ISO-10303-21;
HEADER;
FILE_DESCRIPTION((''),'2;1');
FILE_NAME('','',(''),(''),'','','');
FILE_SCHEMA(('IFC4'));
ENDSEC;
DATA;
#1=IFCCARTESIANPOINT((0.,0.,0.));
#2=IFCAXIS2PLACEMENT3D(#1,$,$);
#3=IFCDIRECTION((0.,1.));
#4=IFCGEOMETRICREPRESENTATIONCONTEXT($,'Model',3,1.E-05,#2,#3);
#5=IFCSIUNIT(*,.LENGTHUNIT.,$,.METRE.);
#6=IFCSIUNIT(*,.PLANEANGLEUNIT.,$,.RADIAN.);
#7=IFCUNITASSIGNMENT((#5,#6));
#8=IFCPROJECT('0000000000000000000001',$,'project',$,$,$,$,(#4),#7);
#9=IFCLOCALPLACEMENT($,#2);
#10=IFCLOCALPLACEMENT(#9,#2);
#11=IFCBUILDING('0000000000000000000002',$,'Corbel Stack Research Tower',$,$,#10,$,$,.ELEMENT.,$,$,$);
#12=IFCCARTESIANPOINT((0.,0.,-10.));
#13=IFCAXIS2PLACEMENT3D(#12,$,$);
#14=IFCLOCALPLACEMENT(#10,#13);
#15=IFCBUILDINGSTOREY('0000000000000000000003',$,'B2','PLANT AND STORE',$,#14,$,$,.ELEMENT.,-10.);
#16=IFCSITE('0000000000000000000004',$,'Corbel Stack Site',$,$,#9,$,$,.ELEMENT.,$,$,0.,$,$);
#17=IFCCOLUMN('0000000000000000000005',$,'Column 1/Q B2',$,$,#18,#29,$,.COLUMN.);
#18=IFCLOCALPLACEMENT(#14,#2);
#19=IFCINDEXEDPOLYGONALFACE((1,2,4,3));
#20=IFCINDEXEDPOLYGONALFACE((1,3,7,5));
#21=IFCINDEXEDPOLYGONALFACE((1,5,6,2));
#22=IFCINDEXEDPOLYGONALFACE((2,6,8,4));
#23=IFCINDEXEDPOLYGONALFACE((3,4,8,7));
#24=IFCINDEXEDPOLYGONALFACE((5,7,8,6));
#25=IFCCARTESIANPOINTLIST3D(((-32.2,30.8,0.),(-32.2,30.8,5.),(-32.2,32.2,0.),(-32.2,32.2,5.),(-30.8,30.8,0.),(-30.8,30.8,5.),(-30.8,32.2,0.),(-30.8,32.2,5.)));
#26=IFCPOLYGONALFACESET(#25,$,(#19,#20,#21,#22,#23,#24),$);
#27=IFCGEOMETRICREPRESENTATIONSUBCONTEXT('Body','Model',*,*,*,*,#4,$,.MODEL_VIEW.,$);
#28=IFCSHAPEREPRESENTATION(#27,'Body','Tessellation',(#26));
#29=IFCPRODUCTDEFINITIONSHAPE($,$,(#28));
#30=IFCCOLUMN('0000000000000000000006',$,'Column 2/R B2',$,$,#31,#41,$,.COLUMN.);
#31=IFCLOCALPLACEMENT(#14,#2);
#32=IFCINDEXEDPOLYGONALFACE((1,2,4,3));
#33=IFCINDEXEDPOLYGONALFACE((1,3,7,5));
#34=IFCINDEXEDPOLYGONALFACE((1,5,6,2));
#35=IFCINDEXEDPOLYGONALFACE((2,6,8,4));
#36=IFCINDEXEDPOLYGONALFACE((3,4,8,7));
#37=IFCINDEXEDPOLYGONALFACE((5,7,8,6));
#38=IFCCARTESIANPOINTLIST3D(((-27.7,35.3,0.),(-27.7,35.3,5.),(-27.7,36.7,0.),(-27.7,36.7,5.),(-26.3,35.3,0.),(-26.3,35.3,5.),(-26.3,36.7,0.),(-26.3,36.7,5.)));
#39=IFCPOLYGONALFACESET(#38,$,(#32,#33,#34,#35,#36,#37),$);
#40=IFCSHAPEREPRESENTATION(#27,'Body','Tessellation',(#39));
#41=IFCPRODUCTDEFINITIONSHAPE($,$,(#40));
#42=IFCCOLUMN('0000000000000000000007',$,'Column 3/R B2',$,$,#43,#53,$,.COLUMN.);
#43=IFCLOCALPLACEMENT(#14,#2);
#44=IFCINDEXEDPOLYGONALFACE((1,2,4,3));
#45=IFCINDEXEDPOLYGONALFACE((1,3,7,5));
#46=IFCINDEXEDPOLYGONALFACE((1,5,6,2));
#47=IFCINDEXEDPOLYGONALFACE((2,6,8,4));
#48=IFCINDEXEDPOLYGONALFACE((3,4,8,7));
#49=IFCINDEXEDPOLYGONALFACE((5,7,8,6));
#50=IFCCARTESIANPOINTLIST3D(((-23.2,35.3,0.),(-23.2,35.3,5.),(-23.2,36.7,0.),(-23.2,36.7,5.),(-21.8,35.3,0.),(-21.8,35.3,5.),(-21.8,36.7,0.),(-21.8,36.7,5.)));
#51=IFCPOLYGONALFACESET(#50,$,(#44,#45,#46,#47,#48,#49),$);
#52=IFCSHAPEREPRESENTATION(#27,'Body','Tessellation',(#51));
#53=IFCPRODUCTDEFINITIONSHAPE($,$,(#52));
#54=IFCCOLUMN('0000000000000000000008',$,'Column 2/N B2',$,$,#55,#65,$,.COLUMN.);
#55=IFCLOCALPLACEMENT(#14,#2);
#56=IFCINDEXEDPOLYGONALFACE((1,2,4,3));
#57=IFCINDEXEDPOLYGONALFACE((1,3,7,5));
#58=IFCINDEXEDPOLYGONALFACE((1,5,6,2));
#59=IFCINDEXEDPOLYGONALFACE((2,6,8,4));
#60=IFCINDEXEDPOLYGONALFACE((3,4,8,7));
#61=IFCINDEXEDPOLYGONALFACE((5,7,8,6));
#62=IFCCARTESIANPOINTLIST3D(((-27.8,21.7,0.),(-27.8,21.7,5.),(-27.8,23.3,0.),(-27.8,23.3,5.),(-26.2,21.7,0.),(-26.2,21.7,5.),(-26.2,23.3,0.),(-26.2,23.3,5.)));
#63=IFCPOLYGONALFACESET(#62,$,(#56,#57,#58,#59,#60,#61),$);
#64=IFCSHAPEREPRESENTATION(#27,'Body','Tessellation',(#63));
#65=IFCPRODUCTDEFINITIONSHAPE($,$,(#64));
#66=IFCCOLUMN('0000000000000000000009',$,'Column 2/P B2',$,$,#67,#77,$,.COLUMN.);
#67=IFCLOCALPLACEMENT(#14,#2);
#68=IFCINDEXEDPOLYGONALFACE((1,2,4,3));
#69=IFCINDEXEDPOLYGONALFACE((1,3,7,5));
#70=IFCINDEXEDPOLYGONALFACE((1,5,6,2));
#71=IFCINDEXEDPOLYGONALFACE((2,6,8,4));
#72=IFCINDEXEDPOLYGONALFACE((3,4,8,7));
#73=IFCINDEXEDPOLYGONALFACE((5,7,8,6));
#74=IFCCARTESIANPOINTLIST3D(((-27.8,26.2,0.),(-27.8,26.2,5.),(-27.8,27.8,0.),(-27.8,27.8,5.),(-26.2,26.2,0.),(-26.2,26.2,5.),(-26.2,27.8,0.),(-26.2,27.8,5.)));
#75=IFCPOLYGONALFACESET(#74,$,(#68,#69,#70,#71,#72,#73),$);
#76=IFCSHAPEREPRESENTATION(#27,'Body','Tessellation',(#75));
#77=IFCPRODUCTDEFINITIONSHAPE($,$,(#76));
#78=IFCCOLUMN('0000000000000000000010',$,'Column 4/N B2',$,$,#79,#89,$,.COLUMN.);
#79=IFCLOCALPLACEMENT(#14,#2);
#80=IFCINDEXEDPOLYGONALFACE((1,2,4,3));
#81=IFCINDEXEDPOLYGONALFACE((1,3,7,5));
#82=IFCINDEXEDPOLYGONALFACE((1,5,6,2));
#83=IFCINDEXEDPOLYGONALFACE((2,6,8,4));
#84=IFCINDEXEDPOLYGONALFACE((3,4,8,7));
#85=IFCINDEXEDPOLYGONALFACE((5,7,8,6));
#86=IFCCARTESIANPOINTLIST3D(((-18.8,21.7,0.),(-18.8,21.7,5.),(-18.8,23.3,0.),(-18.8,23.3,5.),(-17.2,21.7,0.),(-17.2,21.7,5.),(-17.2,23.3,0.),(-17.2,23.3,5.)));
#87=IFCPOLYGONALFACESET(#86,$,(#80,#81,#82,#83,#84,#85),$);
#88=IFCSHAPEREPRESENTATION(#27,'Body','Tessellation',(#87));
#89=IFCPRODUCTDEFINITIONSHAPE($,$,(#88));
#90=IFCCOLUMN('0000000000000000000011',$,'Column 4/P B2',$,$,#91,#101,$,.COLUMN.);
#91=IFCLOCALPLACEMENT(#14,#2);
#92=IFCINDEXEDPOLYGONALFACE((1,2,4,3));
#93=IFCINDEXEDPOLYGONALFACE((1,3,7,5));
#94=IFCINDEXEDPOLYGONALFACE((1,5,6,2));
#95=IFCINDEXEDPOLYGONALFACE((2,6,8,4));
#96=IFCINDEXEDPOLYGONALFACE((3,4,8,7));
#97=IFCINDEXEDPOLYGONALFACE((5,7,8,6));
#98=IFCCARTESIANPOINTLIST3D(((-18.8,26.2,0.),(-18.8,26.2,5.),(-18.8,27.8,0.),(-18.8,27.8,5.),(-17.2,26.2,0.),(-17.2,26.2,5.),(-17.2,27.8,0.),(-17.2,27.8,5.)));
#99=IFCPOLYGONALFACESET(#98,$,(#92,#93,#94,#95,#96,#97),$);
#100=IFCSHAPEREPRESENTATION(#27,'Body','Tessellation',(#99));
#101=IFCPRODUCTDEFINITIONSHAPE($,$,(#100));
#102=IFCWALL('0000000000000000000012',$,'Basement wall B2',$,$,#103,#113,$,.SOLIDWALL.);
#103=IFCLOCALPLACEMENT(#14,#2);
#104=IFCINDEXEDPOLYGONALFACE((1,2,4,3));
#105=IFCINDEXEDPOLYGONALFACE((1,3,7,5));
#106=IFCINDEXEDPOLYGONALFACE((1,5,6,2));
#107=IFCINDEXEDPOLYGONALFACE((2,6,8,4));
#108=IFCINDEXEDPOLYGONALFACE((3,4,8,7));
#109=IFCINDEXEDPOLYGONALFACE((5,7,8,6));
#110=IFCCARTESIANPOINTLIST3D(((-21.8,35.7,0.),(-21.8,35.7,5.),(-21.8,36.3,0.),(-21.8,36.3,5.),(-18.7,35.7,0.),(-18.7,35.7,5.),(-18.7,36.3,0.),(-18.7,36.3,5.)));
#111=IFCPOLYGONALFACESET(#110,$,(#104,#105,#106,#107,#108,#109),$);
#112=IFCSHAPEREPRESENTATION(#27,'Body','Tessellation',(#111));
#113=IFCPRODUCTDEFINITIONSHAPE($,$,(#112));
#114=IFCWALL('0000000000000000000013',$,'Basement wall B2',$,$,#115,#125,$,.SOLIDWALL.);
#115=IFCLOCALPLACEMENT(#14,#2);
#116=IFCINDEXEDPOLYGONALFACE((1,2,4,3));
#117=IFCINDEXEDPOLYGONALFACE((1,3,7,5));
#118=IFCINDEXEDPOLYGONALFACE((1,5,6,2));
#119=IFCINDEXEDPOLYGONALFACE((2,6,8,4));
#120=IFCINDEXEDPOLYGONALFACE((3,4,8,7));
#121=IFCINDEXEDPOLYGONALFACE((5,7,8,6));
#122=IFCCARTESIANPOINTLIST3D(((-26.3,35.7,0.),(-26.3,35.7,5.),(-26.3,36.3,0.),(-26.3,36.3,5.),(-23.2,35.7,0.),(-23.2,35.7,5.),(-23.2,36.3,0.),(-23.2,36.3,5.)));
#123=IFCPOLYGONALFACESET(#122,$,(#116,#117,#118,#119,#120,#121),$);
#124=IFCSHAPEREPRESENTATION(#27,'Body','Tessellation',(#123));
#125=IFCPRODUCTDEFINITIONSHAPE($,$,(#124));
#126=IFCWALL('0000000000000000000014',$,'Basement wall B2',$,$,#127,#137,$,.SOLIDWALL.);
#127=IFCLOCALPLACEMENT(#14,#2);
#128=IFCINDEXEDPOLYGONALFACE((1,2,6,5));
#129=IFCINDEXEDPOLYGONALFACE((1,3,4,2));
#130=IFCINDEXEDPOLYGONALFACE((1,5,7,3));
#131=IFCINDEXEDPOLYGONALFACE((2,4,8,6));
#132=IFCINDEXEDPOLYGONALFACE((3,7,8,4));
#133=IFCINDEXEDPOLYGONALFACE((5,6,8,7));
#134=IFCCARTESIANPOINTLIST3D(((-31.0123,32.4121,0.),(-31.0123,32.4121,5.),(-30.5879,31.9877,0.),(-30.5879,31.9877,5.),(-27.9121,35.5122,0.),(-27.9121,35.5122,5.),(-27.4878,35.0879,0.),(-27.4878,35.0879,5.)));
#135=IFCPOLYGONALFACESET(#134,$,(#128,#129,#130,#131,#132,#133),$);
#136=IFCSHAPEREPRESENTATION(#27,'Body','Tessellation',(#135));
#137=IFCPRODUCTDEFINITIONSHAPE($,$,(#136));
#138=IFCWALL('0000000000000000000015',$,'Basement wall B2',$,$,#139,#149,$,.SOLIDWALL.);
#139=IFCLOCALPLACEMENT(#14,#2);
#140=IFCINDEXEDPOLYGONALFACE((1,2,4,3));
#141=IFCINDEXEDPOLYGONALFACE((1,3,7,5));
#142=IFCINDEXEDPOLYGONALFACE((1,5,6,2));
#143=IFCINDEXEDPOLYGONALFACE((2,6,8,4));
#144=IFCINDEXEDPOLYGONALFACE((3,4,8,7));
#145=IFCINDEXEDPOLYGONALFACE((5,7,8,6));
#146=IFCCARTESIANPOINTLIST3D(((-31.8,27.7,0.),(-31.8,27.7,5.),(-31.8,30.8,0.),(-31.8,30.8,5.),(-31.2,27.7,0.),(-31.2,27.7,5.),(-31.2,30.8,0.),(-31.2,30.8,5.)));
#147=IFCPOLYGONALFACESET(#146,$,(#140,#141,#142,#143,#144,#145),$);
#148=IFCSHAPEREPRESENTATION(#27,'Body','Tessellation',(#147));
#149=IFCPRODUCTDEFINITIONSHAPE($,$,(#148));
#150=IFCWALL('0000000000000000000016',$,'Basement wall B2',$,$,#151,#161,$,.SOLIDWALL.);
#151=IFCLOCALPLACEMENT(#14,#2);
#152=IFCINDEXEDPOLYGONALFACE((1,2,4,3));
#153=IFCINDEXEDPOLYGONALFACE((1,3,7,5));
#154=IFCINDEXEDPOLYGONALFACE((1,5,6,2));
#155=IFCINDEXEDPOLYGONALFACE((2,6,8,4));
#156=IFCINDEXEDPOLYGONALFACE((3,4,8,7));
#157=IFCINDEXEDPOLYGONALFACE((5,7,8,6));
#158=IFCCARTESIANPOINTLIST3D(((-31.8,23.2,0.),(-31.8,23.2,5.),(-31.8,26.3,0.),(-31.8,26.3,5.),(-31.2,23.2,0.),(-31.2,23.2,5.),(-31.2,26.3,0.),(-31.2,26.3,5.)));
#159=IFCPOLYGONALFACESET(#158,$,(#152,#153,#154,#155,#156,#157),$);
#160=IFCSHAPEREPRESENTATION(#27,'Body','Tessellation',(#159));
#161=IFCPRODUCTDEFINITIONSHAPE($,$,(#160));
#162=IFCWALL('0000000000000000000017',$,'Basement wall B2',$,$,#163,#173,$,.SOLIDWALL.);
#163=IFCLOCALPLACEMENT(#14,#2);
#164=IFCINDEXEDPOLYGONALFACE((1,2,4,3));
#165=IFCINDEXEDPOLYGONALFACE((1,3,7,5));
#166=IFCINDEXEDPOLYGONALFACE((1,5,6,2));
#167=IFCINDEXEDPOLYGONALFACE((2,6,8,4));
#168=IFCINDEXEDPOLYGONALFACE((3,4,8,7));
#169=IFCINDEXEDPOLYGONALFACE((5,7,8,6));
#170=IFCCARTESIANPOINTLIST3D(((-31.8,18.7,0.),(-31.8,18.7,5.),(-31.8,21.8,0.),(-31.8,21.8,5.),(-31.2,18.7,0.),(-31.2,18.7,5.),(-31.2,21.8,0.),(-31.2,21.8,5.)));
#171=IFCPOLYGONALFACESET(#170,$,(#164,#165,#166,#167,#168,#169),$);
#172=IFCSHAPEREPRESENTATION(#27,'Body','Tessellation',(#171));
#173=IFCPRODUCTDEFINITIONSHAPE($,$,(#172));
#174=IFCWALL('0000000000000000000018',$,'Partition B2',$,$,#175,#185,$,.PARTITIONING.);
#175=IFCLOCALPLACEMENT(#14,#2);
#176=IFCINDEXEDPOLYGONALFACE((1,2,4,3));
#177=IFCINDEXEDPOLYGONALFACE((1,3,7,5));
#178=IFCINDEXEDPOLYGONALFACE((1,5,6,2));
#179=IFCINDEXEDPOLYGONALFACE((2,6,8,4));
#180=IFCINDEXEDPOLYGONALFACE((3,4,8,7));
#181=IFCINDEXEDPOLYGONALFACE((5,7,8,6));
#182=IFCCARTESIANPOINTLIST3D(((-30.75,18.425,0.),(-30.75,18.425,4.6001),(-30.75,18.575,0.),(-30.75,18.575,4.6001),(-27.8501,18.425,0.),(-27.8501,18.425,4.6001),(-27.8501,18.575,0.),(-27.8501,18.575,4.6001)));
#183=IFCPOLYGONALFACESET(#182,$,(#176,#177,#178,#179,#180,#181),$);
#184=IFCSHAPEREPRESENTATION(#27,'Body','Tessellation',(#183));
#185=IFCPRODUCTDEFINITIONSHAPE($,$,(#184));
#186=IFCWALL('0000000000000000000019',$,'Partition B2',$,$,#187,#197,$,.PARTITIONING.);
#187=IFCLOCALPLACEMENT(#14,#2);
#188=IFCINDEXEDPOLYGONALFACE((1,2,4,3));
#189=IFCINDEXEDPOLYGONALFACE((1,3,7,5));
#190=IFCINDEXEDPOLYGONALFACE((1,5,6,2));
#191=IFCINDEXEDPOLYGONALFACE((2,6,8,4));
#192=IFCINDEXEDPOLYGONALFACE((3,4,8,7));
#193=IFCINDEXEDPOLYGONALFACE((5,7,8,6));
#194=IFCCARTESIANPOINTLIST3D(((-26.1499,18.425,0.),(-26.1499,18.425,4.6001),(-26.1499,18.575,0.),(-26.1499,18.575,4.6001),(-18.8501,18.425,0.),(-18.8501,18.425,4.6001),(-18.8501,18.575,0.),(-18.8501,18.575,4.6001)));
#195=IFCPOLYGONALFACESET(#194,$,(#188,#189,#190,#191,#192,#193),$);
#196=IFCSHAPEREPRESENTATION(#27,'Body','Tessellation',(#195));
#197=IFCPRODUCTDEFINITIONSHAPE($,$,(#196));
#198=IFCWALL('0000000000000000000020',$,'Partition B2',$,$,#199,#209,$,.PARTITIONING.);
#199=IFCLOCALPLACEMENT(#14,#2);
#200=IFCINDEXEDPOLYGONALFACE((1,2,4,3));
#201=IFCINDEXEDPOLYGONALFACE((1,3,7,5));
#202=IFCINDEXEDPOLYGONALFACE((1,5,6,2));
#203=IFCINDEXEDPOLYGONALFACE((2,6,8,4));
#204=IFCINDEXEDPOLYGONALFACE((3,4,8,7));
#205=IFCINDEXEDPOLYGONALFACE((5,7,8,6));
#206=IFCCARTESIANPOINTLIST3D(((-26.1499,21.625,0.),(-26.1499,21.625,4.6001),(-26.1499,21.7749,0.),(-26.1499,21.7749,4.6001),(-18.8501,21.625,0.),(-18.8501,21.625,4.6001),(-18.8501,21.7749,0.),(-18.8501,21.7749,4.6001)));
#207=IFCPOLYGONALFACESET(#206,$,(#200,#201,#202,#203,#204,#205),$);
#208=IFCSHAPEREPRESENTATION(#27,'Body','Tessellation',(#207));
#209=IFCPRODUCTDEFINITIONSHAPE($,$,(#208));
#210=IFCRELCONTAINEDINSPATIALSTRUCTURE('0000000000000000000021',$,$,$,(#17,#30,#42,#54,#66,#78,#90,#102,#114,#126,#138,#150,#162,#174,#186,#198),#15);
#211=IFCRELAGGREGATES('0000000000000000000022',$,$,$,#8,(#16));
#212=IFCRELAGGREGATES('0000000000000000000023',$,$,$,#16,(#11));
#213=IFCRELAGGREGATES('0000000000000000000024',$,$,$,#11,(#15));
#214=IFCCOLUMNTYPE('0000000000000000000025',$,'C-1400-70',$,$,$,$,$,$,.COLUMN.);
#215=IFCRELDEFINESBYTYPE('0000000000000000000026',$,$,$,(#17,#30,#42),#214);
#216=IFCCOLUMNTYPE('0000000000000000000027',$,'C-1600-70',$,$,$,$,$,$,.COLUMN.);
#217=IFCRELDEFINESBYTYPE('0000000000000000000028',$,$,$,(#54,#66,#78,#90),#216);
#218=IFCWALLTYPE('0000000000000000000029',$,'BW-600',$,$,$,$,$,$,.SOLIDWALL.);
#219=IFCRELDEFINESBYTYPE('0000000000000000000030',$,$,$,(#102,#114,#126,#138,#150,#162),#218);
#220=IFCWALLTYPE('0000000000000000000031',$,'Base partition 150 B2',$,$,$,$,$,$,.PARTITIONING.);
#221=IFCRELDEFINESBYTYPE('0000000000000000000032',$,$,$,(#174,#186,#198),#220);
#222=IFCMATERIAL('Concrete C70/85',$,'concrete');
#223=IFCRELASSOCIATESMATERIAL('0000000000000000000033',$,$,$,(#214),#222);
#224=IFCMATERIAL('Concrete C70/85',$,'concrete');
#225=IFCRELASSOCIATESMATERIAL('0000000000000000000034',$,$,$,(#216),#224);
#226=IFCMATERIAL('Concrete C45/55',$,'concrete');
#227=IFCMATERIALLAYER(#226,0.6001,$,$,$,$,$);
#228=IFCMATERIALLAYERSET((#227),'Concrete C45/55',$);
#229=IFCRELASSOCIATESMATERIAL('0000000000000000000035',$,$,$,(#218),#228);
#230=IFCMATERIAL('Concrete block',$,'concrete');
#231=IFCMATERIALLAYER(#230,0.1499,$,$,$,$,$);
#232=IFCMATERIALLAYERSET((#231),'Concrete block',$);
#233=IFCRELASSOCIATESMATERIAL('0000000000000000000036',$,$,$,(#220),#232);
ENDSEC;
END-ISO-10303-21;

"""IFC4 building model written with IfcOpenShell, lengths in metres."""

from ifc_helpers import new_model, si_unit, direction, frame, frame_2d, origin, origin_2d, place, context, subcontext, project, spatial, rectangle, extrude, material, layer, layer_set, material_profile, profile_set, type_object, element, save


model = new_model("IFC4")

# Units and contexts
model_context = context("Model", 3, precision=1e-05, world=origin(), true_north=direction((0.0, 1.0)))
body_context = subcontext(model_context, "Body", "Model", "MODEL_VIEW")
ifc_project = project(units=[si_unit("LENGTHUNIT", "METRE"), si_unit("PLANEANGLEUNIT", "RADIAN")], contexts=[model_context])

# Site, building, storey
site_placement = place(None, origin())
site = spatial("IfcSite", under=ifc_project, at=site_placement, Name="Corbel Stack Site", CompositionType="ELEMENT", RefElevation=0.0)
building_placement = place(site_placement, origin())
building = spatial("IfcBuilding", under=site, at=building_placement, Name="Corbel Stack Research Tower", CompositionType="ELEMENT")
storey_placement = place(building_placement, frame((0.0, 0.0, -10.0)))
storey = spatial("IfcBuildingStorey", under=building, at=storey_placement, Name="B2", Description="PLANT AND STORE", CompositionType="ELEMENT", Elevation=-10.0)

# Columns
ifc_material_1 = material(Name="Concrete C70/85", Category="concrete")
ifc_material_profile_1 = material_profile(ifc_material_1, rectangle(XDim=1.3999, YDim=1.3999, at=origin_2d()), Name="RC 1400 x 1400")
ifc_profile_set_1 = profile_set([ifc_material_profile_1], Name="Concrete C70/85")
column_type_1 = type_object("IfcColumnType", Name="C-1400-70", PredefinedType="COLUMN", material=ifc_profile_set_1)
for number, where, z_axis, x_axis, name in (
    (1, (-31.5, 31.5, 0.0), (0.0, 0.0, 1.0), (1.0, 0.0, 0.0), "Column 1/Q B2"),
    (2, (-27.0, 36.0, 0.0), (0.0, 0.0, 1.0), (1.0, 0.0, 0.0), "Column 2/R B2"),
    (3, (-22.5, 36.0, 0.0), (0.0, 0.0, 1.0), (1.0, 0.0, 0.0), "Column 3/R B2"),
):
    element("IfcColumn", number, at=place(storey_placement, frame(where, z_axis=z_axis, x_axis=x_axis)), inside=storey, type_object=column_type_1, Name=name, PredefinedType="COLUMN", context=body_context, shape_type="SweptSolid", body=[
        extrude(rectangle(XDim=1.3999, YDim=1.3999, at=origin_2d()), origin(), (0.0, 0.0, 1.0), 5.0),
    ])
ifc_material_2 = material(Name="Concrete C70/85", Category="concrete")
ifc_material_profile_2 = material_profile(ifc_material_2, rectangle(XDim=1.6001, YDim=1.6001, at=origin_2d()), Name="RC 1600 x 1600")
ifc_profile_set_2 = profile_set([ifc_material_profile_2], Name="Concrete C70/85")
column_type_2 = type_object("IfcColumnType", Name="C-1600-70", PredefinedType="COLUMN", material=ifc_profile_set_2)
for number, where, z_axis, x_axis, name in (
    (4, (-27.0, 22.5, 0.0), (0.0, 0.0, 1.0), (1.0, 0.0, 0.0), "Column 2/N B2"),
    (5, (-27.0, 27.0, 0.0), (0.0, 0.0, 1.0), (1.0, 0.0, 0.0), "Column 2/P B2"),
    (6, (-18.0, 22.5, 0.0), (0.0, 0.0, 1.0), (1.0, 0.0, 0.0), "Column 4/N B2"),
    (7, (-18.0, 27.0, 0.0), (0.0, 0.0, 1.0), (1.0, 0.0, 0.0), "Column 4/P B2"),
):
    element("IfcColumn", number, at=place(storey_placement, frame(where, z_axis=z_axis, x_axis=x_axis)), inside=storey, type_object=column_type_2, Name=name, PredefinedType="COLUMN", context=body_context, shape_type="SweptSolid", body=[
        extrude(rectangle(XDim=1.6001, YDim=1.6001, at=origin_2d()), origin(), (0.0, 0.0, 1.0), 5.0),
    ])

# Walls
ifc_material_3 = material(Name="Concrete C45/55", Category="concrete")
ifc_layer_1 = layer(ifc_material_3, 0.6001)
ifc_layer_set_1 = layer_set([ifc_layer_1], Name="Concrete C45/55")
wall_type_1 = type_object("IfcWallType", Name="BW-600", PredefinedType="SOLIDWALL", material=ifc_layer_set_1)
for number, where, z_axis, x_axis, name in (
    (8, (-18.7, 36.0, 0.0), (0.0, 0.0, 1.0), (-1.0, 0.0, 0.0), "Basement wall B2"),
    (9, (-23.2, 36.0, 0.0), (0.0, 0.0, 1.0), (-1.0, 0.0, 0.0), "Basement wall B2"),
):
    element("IfcWall", number, at=place(storey_placement, frame(where, z_axis=z_axis, x_axis=x_axis)), inside=storey, type_object=wall_type_1, Name=name, PredefinedType="SOLIDWALL", context=body_context, shape_type="SweptSolid", body=[
        extrude(rectangle(XDim=3.1001, YDim=0.6001, at=frame_2d((1.55, 0.0))), origin(), (0.0, 0.0, 1.0), 5.0),
    ])
wall_1_placement = place(storey_placement, frame((-27.7, 35.3, 0.0), z_axis=(0.0, 0.0, 1.0), x_axis=(-0.707107, -0.707107, 0.0)))
element("IfcWall", 10, at=wall_1_placement, inside=storey, type_object=wall_type_1, Name="Basement wall B2", PredefinedType="SOLIDWALL", context=body_context, shape_type="SweptSolid", body=[
    extrude(rectangle(XDim=4.3843, YDim=0.6001, at=frame_2d((2.1921, 0.0))), origin(), (0.0, 0.0, 1.0), 5.0),
])
for number, where, z_axis, x_axis, name in (
    (11, (-31.5, 30.8, 0.0), (0.0, 0.0, 1.0), (0.0, -1.0, 0.0), "Basement wall B2"),
    (12, (-31.5, 26.3, 0.0), (0.0, 0.0, 1.0), (0.0, -1.0, 0.0), "Basement wall B2"),
    (13, (-31.5, 21.8, 0.0), (0.0, 0.0, 1.0), (0.0, -1.0, 0.0), "Basement wall B2"),
):
    element("IfcWall", number, at=place(storey_placement, frame(where, z_axis=z_axis, x_axis=x_axis)), inside=storey, type_object=wall_type_1, Name=name, PredefinedType="SOLIDWALL", context=body_context, shape_type="SweptSolid", body=[
        extrude(rectangle(XDim=3.1001, YDim=0.6001, at=frame_2d((1.55, 0.0))), origin(), (0.0, 0.0, 1.0), 5.0),
    ])
ifc_material_4 = material(Name="Concrete block", Category="concrete")
ifc_layer_2 = layer(ifc_material_4, 0.1499)
ifc_layer_set_2 = layer_set([ifc_layer_2], Name="Concrete block")
wall_type_2 = type_object("IfcWallType", Name="Base partition 150 B2", PredefinedType="PARTITIONING", material=ifc_layer_set_2)
wall_2_placement = place(storey_placement, frame((-30.75, 18.5, 0.0), z_axis=(0.0, 0.0, 1.0), x_axis=(1.0, 0.0, 0.0)))
element("IfcWall", 14, at=wall_2_placement, inside=storey, type_object=wall_type_2, Name="Partition B2", PredefinedType="PARTITIONING", context=body_context, shape_type="SweptSolid", body=[
    extrude(rectangle(XDim=2.8999, YDim=0.1499, at=frame_2d((1.45, 0.0))), origin(), (0.0, 0.0, 1.0), 4.6001),
])
for number, where, z_axis, x_axis, name in (
    (15, (-26.1499, 18.5, 0.0), (0.0, 0.0, 1.0), (1.0, 0.0, 0.0), "Partition B2"),
    (16, (-26.1499, 21.7, 0.0), (0.0, 0.0, 1.0), (1.0, 0.0, 0.0), "Partition B2"),
):
    element("IfcWall", number, at=place(storey_placement, frame(where, z_axis=z_axis, x_axis=x_axis)), inside=storey, type_object=wall_type_2, Name=name, PredefinedType="PARTITIONING", context=body_context, shape_type="SweptSolid", body=[
        extrude(rectangle(XDim=7.2998, YDim=0.1499, at=frame_2d((3.6499, 0.0))), origin(), (0.0, 0.0, 1.0), 4.6001),
    ])

save(model, "model.ifc")
